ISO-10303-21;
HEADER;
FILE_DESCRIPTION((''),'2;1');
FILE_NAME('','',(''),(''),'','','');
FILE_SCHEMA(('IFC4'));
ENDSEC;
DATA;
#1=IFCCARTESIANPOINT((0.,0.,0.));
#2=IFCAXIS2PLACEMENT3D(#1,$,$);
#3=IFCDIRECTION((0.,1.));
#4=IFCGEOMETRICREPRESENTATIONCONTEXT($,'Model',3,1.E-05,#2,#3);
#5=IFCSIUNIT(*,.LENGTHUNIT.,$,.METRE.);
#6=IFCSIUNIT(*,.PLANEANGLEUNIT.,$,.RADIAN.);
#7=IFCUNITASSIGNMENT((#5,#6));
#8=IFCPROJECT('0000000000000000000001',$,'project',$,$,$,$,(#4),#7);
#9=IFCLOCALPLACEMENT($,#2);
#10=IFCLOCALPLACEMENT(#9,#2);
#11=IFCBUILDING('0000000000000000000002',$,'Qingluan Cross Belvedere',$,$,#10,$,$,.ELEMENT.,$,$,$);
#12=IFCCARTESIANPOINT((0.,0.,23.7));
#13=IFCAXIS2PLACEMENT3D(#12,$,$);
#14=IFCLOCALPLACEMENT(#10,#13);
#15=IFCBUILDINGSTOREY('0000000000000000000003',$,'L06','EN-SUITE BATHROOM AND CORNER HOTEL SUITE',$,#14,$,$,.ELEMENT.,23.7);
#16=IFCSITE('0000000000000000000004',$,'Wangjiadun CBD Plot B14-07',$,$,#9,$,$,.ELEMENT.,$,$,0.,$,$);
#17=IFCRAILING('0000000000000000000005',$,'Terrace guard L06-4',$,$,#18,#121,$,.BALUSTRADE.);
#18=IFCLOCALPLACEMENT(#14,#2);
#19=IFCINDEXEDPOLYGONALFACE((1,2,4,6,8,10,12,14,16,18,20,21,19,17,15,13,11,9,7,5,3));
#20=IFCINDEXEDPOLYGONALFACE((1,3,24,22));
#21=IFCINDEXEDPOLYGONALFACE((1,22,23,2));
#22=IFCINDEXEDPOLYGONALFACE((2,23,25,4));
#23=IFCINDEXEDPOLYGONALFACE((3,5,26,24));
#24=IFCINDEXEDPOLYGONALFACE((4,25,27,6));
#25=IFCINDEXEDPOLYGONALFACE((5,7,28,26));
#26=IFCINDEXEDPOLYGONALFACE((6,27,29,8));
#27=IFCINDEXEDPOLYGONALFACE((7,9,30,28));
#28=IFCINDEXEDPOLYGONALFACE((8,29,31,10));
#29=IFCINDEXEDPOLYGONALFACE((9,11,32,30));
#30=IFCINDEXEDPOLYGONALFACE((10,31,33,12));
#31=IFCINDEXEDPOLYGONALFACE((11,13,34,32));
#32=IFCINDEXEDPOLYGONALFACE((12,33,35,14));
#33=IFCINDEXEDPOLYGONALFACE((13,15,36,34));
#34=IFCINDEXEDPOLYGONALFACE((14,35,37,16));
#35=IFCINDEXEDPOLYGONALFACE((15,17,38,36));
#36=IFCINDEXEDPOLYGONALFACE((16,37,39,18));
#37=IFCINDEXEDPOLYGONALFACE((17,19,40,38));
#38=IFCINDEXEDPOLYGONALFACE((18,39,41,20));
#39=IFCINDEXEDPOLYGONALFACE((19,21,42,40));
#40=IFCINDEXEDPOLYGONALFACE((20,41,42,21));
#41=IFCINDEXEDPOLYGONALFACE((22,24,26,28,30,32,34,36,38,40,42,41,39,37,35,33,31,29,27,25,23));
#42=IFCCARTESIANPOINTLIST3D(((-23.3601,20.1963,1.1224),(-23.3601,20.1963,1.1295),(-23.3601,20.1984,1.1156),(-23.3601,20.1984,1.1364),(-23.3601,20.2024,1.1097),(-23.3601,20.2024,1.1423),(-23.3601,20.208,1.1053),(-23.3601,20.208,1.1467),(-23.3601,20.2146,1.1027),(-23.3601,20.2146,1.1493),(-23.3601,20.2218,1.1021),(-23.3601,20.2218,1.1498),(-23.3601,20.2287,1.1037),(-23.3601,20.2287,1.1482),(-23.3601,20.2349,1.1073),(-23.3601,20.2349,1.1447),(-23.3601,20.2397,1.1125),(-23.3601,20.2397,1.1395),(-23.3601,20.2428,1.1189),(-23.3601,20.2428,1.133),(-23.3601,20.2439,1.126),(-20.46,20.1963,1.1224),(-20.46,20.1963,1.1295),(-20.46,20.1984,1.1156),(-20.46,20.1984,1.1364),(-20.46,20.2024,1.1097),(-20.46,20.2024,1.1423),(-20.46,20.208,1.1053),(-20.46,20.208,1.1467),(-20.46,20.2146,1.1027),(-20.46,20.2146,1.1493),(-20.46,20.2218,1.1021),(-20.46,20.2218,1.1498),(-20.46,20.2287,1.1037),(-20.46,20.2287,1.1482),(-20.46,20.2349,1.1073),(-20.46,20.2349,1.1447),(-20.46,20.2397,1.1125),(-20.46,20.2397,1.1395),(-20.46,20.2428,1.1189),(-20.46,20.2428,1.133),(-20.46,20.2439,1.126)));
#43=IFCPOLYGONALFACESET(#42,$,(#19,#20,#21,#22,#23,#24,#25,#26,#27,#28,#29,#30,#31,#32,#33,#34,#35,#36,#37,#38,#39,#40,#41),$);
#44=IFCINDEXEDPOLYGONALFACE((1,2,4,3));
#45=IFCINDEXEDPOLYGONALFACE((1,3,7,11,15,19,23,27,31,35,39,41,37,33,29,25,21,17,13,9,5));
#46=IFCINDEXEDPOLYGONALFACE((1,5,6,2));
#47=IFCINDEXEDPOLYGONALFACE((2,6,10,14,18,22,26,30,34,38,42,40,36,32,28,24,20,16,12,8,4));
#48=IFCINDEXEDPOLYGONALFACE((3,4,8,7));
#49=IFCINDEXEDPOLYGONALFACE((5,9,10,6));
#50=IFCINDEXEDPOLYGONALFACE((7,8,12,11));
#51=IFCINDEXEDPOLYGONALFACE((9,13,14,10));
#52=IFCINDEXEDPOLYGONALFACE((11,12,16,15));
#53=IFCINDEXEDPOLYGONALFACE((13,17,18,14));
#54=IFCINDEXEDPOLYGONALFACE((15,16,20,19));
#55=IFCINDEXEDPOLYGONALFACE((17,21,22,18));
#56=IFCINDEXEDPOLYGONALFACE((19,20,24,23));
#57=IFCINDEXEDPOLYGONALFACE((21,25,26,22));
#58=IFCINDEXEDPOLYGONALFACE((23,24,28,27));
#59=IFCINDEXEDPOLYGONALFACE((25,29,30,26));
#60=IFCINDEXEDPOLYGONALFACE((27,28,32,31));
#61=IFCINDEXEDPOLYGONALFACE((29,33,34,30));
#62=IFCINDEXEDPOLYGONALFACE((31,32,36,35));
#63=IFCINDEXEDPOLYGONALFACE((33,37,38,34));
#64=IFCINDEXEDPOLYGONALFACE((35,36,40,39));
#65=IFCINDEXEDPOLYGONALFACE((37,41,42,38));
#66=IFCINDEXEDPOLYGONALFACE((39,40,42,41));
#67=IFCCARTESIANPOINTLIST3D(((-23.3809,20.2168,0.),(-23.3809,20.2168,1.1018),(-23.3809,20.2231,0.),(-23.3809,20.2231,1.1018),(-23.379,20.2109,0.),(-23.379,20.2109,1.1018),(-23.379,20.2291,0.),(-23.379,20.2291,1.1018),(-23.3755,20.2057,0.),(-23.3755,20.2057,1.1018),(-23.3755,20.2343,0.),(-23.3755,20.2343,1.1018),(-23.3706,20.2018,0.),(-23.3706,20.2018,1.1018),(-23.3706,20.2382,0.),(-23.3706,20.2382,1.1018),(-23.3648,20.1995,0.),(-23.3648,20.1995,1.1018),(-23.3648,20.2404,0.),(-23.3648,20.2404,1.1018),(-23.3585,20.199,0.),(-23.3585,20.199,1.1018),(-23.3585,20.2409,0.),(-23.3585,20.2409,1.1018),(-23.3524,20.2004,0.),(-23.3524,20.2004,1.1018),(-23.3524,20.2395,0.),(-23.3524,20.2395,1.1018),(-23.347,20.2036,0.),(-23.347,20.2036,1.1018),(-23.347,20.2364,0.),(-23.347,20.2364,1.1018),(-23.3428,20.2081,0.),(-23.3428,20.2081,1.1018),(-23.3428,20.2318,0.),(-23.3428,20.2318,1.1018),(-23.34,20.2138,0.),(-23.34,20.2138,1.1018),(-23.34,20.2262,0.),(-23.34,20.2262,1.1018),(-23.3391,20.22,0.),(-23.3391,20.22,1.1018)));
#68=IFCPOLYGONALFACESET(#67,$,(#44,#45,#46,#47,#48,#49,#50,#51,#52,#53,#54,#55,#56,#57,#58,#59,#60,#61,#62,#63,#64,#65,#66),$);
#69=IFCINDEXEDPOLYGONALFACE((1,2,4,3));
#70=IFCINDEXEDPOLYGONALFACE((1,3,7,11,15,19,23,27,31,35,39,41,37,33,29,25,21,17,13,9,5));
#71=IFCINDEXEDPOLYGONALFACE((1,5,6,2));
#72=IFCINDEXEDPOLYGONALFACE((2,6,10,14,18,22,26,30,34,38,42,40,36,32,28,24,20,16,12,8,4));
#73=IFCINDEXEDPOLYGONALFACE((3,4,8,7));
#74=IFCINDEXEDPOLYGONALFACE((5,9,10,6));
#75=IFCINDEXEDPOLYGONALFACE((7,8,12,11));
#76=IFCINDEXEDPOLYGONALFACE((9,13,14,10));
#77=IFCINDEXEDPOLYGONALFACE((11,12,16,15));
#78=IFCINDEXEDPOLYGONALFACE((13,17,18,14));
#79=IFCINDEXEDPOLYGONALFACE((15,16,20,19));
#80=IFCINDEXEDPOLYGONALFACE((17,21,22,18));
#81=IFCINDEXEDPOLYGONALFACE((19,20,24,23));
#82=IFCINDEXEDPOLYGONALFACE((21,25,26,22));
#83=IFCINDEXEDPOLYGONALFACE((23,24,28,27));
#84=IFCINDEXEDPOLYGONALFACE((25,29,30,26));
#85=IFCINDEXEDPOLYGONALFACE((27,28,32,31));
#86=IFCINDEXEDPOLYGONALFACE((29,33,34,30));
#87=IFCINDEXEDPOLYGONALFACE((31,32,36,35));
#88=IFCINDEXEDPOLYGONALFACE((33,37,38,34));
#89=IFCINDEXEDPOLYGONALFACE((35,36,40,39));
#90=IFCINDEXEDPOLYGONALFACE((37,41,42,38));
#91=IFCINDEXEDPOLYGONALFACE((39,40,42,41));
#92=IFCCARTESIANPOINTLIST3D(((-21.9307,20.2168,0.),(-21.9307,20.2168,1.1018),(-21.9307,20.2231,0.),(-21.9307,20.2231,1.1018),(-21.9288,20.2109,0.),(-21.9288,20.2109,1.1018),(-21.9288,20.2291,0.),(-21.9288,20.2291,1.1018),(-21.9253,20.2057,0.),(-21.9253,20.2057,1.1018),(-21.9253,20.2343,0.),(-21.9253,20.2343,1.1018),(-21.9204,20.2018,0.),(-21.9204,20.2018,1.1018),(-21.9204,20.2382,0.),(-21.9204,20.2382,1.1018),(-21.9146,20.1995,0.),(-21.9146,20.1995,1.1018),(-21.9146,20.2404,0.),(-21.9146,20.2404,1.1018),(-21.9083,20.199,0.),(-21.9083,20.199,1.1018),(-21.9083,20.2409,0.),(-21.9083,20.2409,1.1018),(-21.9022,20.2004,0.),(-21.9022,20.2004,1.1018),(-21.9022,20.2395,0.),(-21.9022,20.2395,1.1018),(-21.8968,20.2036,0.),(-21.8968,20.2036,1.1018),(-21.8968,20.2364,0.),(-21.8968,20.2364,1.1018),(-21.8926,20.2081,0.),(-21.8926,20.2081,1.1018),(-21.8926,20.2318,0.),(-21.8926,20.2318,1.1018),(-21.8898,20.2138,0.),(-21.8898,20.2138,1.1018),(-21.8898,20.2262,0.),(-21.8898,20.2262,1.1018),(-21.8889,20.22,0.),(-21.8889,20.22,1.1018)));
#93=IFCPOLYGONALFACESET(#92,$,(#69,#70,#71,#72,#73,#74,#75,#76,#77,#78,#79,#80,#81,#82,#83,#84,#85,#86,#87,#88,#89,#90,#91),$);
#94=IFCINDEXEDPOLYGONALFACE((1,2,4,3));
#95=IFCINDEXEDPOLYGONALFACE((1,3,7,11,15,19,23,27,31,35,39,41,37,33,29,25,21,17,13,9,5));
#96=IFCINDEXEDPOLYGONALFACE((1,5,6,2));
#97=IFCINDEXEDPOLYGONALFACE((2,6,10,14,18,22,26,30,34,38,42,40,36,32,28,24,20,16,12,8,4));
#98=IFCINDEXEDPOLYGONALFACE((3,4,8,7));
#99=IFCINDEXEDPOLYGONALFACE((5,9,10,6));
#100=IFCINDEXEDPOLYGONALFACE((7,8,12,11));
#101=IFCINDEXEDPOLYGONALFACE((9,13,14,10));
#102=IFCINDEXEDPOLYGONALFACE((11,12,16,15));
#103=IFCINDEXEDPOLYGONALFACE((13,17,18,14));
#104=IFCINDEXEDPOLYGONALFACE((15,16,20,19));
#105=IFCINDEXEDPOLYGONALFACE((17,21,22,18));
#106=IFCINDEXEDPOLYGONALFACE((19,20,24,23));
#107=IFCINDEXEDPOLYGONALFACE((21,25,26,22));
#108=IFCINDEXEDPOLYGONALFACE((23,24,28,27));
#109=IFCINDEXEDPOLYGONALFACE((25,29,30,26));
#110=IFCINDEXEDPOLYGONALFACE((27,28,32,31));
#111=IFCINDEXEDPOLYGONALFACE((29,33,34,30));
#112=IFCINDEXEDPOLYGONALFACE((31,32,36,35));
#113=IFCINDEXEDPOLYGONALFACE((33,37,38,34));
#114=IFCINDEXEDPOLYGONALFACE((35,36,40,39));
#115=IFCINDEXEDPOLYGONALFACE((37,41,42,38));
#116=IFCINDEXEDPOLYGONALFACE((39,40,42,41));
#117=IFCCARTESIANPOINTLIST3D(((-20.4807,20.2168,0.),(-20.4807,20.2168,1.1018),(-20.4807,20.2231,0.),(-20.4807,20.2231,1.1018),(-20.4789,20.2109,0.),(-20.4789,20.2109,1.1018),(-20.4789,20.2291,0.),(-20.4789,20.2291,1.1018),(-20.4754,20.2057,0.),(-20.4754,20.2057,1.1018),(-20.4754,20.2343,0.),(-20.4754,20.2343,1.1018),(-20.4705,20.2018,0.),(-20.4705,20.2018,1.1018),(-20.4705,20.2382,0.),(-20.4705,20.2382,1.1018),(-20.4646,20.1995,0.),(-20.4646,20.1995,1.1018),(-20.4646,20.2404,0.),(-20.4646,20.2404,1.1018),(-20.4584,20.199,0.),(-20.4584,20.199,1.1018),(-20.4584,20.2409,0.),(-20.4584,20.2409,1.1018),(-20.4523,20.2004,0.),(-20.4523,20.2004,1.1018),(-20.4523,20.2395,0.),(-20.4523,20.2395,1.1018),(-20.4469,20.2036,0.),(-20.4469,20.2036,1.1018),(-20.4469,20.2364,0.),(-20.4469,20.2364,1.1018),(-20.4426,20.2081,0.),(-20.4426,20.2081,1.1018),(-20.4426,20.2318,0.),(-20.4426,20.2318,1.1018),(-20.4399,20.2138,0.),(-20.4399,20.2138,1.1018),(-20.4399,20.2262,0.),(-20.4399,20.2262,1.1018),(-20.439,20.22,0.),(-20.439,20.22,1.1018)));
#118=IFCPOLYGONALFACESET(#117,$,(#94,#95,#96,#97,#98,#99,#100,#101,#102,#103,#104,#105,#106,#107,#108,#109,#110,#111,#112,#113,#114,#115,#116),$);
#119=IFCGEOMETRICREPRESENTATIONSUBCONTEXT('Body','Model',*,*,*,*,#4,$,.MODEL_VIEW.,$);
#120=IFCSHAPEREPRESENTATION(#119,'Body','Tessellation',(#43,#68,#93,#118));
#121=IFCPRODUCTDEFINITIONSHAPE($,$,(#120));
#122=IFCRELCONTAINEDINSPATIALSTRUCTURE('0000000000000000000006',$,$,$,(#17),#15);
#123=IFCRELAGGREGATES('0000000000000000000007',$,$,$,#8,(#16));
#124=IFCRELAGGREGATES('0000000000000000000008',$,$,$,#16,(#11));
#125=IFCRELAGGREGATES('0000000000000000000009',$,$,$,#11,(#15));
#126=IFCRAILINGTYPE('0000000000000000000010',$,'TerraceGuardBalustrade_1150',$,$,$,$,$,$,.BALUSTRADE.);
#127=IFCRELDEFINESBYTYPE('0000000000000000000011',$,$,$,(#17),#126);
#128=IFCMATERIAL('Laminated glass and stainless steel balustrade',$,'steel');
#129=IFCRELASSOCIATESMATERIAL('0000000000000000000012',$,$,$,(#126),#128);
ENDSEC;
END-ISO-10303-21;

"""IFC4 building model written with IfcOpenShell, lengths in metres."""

from ifc_helpers import new_model, si_unit, direction, frame, origin, origin_2d, place, context, subcontext, project, spatial, circle, extrude, material, type_object, element, save


model = new_model("IFC4")

# Units and contexts
model_context = context("Model", 3, precision=1e-05, world=origin(), true_north=direction((0.0, 1.0)))
body_context = subcontext(model_context, "Body", "Model", "MODEL_VIEW")
ifc_project = project(units=[si_unit("LENGTHUNIT", "METRE"), si_unit("PLANEANGLEUNIT", "RADIAN")], contexts=[model_context])

# Site, building, storey
site_placement = place(None, origin())
site = spatial("IfcSite", under=ifc_project, at=site_placement, Name="Wangjiadun CBD Plot B14-07", CompositionType="ELEMENT", RefElevation=0.0)
building_placement = place(site_placement, origin())
building = spatial("IfcBuilding", under=site, at=building_placement, Name="Qingluan Cross Belvedere", CompositionType="ELEMENT")
storey_placement = place(building_placement, frame((0.0, 0.0, 23.7)))
storey = spatial("IfcBuildingStorey", under=building, at=storey_placement, Name="L06", Description="EN-SUITE BATHROOM AND CORNER HOTEL SUITE", CompositionType="ELEMENT", Elevation=23.7)

# Railing
ifc_material_1 = material(Name="Laminated glass and stainless steel balustrade", Category="steel")
railing_type = type_object("IfcRailingType", Name="TerraceGuardBalustrade_1150", PredefinedType="BALUSTRADE", material=ifc_material_1)
railing_1_placement = place(storey_placement, frame((-23.3601, 20.22, 0.0)))
element("IfcRailing", 1, at=railing_1_placement, inside=storey, type_object=railing_type, Name="Terrace guard L06-4", PredefinedType="BALUSTRADE", context=body_context, shape_type="SweptSolid", body=[
    extrude(circle(Radius=0.0239, at=origin_2d()), frame((0.0, 0.0, 1.126), z_axis=(1.0, 0.0, 0.0), x_axis=(0.0, 1.0, 0.0)), (0.0, 0.0, 1.0), 2.9001),
    extrude(circle(Radius=0.021, at=origin_2d()), origin(), (0.0, 0.0, 1.0), 1.1018),
    extrude(circle(Radius=0.021, at=origin_2d()), frame((1.4502, 0.0, 0.0)), (0.0, 0.0, 1.0), 1.1018),
    extrude(circle(Radius=0.021, at=origin_2d()), frame((2.9001, 0.0, 0.0)), (0.0, 0.0, 1.0), 1.1018),
])

save(model, "model.ifc")
